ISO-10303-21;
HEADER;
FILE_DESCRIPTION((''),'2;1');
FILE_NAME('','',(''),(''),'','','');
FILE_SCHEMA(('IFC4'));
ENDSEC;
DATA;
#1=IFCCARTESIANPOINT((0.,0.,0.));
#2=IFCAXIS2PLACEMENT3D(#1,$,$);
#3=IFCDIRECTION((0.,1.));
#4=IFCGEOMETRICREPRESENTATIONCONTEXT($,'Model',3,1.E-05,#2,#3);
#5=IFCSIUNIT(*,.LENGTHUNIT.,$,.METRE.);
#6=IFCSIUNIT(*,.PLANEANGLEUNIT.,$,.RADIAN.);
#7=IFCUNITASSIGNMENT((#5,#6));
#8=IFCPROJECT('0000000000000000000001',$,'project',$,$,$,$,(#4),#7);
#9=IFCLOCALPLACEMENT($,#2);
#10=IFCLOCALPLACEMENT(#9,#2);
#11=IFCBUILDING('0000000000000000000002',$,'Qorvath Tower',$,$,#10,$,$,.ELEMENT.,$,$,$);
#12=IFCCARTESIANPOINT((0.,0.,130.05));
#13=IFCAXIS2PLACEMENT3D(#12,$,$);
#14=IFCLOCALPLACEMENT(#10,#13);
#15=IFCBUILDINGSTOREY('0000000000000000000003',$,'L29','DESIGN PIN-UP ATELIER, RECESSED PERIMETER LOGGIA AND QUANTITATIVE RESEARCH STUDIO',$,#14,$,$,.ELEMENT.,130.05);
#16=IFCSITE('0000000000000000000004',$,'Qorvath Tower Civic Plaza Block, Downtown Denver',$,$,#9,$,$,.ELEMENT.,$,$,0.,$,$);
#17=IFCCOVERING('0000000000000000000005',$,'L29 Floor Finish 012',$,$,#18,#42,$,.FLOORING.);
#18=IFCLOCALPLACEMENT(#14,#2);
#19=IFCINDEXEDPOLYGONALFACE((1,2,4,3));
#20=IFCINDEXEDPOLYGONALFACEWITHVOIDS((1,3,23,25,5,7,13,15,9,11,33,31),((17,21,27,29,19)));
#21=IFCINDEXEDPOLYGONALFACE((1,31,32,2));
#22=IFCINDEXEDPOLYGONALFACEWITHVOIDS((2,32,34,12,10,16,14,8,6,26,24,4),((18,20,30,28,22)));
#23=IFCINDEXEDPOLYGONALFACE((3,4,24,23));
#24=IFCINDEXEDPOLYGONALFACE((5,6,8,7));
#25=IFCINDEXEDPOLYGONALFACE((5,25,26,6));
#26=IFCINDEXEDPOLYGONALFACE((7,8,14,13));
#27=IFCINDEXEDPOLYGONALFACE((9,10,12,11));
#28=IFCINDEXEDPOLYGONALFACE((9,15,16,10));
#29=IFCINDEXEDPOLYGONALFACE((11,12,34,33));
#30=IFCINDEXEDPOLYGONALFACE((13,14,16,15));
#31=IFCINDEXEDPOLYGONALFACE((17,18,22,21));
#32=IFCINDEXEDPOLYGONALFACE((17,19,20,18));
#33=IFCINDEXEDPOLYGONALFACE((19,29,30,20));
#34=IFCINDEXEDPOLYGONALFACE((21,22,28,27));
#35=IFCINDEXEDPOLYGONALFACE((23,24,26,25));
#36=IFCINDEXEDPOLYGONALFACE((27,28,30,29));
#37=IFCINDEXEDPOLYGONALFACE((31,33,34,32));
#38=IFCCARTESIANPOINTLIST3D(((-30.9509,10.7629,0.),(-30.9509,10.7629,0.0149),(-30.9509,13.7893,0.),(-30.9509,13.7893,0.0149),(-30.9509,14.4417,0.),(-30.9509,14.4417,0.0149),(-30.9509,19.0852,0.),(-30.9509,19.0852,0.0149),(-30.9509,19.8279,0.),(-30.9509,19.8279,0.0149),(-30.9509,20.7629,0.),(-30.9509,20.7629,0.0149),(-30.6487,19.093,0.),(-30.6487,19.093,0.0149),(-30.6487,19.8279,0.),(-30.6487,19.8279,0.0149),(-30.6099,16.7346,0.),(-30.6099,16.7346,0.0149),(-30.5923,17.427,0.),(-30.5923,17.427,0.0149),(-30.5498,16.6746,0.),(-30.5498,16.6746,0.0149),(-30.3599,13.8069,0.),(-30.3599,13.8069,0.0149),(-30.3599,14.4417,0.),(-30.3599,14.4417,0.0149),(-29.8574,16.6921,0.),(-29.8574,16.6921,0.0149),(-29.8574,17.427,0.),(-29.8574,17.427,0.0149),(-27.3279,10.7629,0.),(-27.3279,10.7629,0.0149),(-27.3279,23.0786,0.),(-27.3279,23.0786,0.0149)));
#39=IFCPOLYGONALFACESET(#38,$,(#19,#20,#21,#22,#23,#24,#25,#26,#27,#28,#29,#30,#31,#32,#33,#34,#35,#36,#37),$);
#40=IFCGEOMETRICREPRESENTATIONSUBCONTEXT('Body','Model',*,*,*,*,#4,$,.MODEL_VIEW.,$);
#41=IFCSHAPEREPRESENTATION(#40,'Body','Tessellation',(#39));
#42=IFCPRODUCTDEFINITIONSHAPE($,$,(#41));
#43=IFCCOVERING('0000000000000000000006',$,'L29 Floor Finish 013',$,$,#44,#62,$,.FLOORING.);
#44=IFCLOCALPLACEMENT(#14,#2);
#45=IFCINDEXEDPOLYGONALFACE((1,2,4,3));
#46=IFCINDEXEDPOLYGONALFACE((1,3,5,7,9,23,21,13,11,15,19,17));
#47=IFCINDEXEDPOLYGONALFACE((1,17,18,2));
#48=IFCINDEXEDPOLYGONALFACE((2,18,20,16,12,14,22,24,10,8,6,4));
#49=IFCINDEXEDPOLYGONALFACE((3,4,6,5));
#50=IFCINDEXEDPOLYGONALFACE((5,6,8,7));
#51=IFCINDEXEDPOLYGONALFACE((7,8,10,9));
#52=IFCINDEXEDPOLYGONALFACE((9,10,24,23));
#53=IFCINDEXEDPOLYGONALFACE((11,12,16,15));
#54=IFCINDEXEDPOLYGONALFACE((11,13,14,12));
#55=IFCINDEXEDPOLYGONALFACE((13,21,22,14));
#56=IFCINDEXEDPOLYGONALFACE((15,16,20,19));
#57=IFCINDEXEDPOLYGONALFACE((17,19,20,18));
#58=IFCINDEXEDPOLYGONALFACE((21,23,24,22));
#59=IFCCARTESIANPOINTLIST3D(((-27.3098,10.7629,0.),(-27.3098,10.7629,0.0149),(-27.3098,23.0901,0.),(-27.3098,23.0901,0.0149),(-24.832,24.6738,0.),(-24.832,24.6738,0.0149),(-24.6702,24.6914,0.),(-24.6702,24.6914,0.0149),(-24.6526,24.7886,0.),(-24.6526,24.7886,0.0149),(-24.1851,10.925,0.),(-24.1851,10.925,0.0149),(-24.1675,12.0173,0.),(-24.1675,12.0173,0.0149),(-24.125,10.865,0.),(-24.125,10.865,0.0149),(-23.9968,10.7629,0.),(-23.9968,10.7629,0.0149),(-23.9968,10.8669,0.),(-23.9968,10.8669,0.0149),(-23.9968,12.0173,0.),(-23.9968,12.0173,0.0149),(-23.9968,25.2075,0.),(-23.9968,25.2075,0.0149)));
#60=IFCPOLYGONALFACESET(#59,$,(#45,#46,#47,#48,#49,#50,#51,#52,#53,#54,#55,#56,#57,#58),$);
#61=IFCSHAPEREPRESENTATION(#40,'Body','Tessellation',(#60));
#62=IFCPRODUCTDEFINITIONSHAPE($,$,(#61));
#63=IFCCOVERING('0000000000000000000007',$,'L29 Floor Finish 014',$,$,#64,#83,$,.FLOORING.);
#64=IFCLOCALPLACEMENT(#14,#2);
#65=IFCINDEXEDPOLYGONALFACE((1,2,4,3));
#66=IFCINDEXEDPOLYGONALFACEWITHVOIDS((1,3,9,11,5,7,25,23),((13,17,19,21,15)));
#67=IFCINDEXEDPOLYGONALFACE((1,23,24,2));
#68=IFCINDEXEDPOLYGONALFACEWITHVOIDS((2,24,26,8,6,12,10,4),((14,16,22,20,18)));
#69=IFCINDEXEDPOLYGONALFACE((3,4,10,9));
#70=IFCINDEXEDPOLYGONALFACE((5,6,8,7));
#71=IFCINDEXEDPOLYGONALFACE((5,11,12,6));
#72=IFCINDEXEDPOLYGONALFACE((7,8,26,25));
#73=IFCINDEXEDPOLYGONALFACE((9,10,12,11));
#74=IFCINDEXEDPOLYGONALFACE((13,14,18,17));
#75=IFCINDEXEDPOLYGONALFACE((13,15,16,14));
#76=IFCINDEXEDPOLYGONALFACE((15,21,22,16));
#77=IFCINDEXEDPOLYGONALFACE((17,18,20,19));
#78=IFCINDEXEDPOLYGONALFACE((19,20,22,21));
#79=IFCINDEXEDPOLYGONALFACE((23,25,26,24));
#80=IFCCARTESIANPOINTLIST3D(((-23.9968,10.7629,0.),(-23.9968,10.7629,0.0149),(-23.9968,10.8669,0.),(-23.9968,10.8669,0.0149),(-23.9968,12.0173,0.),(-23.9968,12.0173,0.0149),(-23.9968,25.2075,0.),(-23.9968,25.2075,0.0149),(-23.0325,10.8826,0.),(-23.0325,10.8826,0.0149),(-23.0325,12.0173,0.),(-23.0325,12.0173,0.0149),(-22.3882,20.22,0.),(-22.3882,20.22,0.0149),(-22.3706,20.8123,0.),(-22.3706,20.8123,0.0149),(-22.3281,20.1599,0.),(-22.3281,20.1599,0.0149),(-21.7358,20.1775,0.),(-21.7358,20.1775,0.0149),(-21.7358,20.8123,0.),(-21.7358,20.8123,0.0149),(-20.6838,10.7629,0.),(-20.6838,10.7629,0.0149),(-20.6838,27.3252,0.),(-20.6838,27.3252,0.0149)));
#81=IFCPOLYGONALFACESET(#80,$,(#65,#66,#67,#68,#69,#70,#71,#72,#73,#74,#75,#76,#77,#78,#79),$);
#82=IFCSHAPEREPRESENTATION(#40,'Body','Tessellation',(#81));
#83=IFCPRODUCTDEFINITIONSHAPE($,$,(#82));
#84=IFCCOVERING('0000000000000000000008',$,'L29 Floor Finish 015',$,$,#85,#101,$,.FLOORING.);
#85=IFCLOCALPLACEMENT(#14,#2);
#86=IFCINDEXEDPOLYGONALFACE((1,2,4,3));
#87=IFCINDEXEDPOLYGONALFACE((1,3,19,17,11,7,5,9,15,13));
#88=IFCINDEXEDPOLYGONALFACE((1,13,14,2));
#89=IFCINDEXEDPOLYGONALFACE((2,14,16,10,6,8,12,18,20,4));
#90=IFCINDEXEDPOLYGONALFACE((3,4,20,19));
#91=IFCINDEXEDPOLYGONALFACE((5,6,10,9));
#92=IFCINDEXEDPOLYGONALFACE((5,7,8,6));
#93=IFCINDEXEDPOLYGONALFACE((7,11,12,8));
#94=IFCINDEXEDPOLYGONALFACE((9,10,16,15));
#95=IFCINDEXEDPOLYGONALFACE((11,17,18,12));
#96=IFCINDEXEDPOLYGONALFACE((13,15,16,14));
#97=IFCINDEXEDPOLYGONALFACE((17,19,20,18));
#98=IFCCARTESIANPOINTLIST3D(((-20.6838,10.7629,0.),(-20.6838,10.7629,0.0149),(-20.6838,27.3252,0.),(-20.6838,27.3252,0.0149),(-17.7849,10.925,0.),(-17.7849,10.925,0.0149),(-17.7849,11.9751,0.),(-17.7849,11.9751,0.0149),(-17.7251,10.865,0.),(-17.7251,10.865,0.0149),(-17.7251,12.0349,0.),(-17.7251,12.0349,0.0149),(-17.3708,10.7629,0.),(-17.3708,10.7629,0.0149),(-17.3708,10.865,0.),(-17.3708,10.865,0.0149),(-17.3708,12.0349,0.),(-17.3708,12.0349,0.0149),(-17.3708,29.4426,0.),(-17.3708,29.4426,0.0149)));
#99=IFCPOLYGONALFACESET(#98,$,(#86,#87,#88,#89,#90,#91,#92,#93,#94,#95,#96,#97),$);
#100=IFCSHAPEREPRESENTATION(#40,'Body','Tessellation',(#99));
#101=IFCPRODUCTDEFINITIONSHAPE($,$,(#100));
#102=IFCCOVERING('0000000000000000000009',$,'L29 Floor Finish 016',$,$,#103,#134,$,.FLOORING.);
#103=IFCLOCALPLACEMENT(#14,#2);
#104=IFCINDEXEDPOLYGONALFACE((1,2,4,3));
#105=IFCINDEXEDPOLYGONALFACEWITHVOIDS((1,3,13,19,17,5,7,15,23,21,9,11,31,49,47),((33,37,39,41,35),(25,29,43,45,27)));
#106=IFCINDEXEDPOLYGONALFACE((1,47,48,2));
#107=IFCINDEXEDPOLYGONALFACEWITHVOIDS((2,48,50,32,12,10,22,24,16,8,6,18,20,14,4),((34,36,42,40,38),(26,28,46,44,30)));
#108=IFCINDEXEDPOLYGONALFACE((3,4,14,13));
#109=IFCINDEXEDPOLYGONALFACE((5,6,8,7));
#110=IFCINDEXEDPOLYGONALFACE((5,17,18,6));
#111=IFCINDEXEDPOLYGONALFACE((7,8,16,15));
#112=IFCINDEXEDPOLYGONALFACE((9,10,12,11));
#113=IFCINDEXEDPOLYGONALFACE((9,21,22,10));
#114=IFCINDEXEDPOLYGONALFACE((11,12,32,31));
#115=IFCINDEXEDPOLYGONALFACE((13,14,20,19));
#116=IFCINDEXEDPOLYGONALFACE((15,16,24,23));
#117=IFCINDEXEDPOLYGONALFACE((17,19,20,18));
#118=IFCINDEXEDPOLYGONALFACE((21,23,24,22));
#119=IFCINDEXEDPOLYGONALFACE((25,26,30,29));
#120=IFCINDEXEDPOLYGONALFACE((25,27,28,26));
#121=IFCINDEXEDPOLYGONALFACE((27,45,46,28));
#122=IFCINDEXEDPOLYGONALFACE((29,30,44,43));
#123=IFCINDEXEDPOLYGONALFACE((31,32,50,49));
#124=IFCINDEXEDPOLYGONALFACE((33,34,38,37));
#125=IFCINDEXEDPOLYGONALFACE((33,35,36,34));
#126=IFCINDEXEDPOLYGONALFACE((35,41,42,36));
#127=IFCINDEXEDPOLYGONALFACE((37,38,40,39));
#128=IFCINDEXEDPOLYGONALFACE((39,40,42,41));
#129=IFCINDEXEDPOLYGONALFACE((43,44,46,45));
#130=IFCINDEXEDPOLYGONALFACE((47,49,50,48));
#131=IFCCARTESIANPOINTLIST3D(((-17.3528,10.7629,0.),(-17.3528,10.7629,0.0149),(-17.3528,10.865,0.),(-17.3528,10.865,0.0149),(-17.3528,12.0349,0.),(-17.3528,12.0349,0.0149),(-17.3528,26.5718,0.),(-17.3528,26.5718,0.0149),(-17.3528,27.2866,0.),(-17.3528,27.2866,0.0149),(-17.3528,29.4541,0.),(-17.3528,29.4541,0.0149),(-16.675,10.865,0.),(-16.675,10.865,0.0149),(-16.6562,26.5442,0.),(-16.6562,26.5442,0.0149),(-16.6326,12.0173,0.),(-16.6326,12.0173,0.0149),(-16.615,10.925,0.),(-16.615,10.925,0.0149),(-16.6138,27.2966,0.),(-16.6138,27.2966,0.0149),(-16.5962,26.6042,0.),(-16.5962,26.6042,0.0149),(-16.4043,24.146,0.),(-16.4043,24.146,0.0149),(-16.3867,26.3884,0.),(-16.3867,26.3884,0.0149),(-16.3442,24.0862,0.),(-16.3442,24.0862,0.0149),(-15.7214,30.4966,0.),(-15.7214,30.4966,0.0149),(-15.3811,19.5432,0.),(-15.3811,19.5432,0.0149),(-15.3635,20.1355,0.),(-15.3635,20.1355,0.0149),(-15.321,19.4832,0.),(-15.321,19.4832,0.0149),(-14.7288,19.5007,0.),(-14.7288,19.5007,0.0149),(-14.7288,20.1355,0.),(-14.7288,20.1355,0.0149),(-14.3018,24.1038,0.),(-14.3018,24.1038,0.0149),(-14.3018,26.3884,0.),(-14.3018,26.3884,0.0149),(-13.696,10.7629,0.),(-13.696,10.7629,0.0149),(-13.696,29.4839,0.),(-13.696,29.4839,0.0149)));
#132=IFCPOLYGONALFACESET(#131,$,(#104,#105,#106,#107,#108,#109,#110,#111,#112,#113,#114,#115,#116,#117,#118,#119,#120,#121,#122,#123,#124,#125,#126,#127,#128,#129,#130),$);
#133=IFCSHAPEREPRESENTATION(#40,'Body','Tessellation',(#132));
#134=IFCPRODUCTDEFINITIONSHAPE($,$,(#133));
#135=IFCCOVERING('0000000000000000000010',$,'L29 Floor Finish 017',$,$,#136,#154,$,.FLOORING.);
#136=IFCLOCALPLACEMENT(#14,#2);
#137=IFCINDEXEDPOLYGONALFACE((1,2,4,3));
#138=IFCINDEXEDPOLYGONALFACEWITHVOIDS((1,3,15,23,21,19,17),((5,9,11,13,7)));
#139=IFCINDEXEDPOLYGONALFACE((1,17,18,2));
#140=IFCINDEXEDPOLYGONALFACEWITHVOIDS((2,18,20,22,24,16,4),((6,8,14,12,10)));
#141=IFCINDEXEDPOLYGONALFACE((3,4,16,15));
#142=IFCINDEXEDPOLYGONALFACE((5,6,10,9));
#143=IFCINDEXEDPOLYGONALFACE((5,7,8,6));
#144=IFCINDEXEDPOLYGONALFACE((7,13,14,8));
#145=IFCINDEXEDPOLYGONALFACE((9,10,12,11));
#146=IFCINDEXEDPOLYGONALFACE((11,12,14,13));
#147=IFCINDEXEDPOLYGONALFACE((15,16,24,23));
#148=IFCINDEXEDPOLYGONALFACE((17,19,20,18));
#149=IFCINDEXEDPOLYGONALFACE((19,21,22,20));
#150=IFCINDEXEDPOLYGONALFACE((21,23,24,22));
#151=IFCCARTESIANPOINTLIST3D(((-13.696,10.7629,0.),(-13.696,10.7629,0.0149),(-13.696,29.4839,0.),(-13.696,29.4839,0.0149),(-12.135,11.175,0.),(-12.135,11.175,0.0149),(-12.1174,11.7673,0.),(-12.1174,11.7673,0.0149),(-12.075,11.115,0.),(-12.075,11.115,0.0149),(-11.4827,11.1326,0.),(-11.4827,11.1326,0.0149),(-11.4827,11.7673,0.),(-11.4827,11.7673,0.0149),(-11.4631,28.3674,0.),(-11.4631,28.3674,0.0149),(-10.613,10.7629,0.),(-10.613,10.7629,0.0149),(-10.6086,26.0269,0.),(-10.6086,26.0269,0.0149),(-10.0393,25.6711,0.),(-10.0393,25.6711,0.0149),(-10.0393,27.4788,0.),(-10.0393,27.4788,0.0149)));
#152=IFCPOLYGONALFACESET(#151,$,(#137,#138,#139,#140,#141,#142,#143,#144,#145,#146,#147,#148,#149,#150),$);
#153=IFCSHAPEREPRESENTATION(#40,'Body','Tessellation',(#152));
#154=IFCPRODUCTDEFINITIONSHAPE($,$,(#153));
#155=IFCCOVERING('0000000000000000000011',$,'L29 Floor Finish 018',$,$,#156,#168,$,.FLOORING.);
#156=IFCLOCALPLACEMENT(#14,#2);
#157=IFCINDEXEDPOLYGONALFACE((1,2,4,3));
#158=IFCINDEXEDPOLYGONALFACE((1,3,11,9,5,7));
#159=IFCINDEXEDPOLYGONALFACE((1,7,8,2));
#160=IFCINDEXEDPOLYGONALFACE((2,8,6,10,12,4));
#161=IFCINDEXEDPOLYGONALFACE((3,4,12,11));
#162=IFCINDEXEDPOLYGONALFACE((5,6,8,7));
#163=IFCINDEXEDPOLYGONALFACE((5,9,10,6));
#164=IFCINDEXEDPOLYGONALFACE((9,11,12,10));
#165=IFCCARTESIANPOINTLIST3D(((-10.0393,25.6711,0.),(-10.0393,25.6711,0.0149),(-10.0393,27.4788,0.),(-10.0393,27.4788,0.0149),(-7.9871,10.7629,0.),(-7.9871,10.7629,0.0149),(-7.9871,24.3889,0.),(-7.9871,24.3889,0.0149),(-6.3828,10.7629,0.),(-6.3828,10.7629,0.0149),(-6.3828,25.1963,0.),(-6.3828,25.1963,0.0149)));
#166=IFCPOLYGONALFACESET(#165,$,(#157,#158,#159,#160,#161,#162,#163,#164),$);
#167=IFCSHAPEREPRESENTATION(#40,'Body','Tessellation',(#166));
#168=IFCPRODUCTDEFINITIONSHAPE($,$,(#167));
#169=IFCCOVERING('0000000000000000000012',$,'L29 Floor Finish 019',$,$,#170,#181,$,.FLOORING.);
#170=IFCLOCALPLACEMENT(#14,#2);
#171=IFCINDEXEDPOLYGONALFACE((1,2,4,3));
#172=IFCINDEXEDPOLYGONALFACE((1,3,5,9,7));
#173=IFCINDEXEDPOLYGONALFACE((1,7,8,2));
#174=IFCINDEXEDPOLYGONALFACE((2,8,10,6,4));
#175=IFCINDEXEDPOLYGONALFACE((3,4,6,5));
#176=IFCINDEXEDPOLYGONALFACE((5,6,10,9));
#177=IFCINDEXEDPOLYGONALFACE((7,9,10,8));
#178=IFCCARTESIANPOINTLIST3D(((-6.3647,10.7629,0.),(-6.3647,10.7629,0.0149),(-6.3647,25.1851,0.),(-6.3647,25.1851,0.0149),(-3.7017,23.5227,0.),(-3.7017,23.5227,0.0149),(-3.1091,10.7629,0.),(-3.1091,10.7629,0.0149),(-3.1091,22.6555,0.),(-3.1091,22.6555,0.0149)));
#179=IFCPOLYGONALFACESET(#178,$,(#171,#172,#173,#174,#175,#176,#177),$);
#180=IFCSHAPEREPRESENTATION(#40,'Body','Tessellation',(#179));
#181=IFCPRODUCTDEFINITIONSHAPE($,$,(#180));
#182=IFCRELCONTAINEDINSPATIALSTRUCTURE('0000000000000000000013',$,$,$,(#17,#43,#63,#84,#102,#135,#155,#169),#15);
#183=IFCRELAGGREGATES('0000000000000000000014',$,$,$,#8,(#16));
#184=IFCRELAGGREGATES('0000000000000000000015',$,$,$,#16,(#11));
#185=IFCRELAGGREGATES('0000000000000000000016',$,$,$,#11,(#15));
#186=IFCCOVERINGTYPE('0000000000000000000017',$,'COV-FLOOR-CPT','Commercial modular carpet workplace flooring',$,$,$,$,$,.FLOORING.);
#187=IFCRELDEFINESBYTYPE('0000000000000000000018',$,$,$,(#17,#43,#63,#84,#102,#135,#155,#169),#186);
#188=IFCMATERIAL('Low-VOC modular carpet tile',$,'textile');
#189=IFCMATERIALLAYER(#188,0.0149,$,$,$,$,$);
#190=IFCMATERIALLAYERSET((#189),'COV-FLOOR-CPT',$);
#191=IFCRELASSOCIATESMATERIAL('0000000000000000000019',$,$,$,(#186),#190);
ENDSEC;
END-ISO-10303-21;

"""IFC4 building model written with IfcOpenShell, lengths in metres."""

from ifc_helpers import new_model, si_unit, direction, frame, origin, place, context, subcontext, project, spatial, polyline, outline, extrude, material, layer, layer_set, type_object, element, save


model = new_model("IFC4")

# Units and contexts
model_context = context("Model", 3, precision=1e-05, world=origin(), true_north=direction((0.0, 1.0)))
body_context = subcontext(model_context, "Body", "Model", "MODEL_VIEW")
ifc_project = project(units=[si_unit("LENGTHUNIT", "METRE"), si_unit("PLANEANGLEUNIT", "RADIAN")], contexts=[model_context])

# Site, building, storey
site_placement = place(None, origin())
site = spatial("IfcSite", under=ifc_project, at=site_placement, Name="Qorvath Tower Civic Plaza Block, Downtown Denver", CompositionType="ELEMENT", RefElevation=0.0)
building_placement = place(site_placement, origin())
building = spatial("IfcBuilding", under=site, at=building_placement, Name="Qorvath Tower", CompositionType="ELEMENT")
storey_placement = place(building_placement, frame((0.0, 0.0, 130.05)))
storey = spatial("IfcBuildingStorey", under=building, at=storey_placement, Name="L29", Description="DESIGN PIN-UP ATELIER, RECESSED PERIMETER LOGGIA AND QUANTITATIVE RESEARCH STUDIO", CompositionType="ELEMENT", Elevation=130.05)

# Coverings
ifc_material_1 = material(Name="Low-VOC modular carpet tile", Category="textile")
ifc_layer_1 = layer(ifc_material_1, 0.0149)
ifc_layer_set_1 = layer_set([ifc_layer_1], Name="COV-FLOOR-CPT")
covering_type_1 = type_object("IfcCoveringType", Name="COV-FLOOR-CPT", Description="Commercial modular carpet workplace flooring", PredefinedType="FLOORING", material=ifc_layer_set_1)
covering_1_placement = place(storey_placement, origin())
element("IfcCovering", 1, at=covering_1_placement, inside=storey, type_object=covering_type_1, Name="L29 Floor Finish 012", PredefinedType="FLOORING", context=body_context, shape_type="SweptSolid", body=[
    extrude(outline(polyline([(-30.9509, 20.7629), (-30.9509, 19.8279), (-30.6487, 19.8279), (-30.6487, 19.093), (-30.9509, 19.0852), (-30.9509, 14.4417), (-30.3599, 14.4417), (-30.3599, 13.8069), (-30.9509, 13.7893), (-30.9509, 10.7629), (-27.3279, 10.7629), (-27.3279, 23.0786), (-30.9509, 20.7629)]), holes=[polyline([(-30.6099, 16.7346), (-30.5923, 17.427), (-29.8574, 17.427), (-29.8574, 16.6921), (-30.5498, 16.6746), (-30.6099, 16.7346)])]), origin(), (0.0, 0.0, 1.0), 0.0149),
])
covering_2_placement = place(storey_placement, origin())
element("IfcCovering", 2, at=covering_2_placement, inside=storey, type_object=covering_type_1, Name="L29 Floor Finish 013", PredefinedType="FLOORING", context=body_context, shape_type="SweptSolid", body=[
    extrude(outline(polyline([(-23.9968, 10.7629), (-23.9968, 10.8669), (-24.125, 10.865), (-24.1851, 10.925), (-24.1675, 12.0173), (-23.9968, 12.0173), (-23.9968, 25.2075), (-24.6526, 24.7886), (-24.6702, 24.6914), (-24.832, 24.6738), (-27.3098, 23.0901), (-27.3098, 10.7629), (-23.9968, 10.7629)])), origin(), (0.0, 0.0, 1.0), 0.0149),
])
covering_3_placement = place(storey_placement, origin())
element("IfcCovering", 3, at=covering_3_placement, inside=storey, type_object=covering_type_1, Name="L29 Floor Finish 014", PredefinedType="FLOORING", context=body_context, shape_type="SweptSolid", body=[
    extrude(outline(polyline([(-20.6838, 10.7629), (-20.6838, 27.3252), (-23.9968, 25.2075), (-23.9968, 12.0173), (-23.0325, 12.0173), (-23.0325, 10.8826), (-23.9968, 10.8669), (-23.9968, 10.7629), (-20.6838, 10.7629)]), holes=[polyline([(-22.3882, 20.22), (-22.3706, 20.8123), (-21.7358, 20.8123), (-21.7358, 20.1775), (-22.3281, 20.1599), (-22.3882, 20.22)])]), origin(), (0.0, 0.0, 1.0), 0.0149),
])
covering_4_placement = place(storey_placement, origin())
element("IfcCovering", 4, at=covering_4_placement, inside=storey, type_object=covering_type_1, Name="L29 Floor Finish 015", PredefinedType="FLOORING", context=body_context, shape_type="SweptSolid", body=[
    extrude(outline(polyline([(-17.3708, 12.0349), (-17.3708, 29.4426), (-20.6838, 27.3252), (-20.6838, 10.7629), (-17.3708, 10.7629), (-17.3708, 10.865), (-17.7251, 10.865), (-17.7849, 10.925), (-17.7849, 11.9751), (-17.7251, 12.0349), (-17.3708, 12.0349)])), origin(), (0.0, 0.0, 1.0), 0.0149),
])
covering_5_placement = place(storey_placement, origin())
element("IfcCovering", 5, at=covering_5_placement, inside=storey, type_object=covering_type_1, Name="L29 Floor Finish 016", PredefinedType="FLOORING", context=body_context, shape_type="SweptSolid", body=[
    extrude(outline(polyline([(-13.696, 10.7629), (-13.696, 29.4839), (-15.7214, 30.4966), (-17.3528, 29.4541), (-17.3528, 27.2866), (-16.6138, 27.2966), (-16.5962, 26.6042), (-16.6562, 26.5442), (-17.3528, 26.5718), (-17.3528, 12.0349), (-16.6326, 12.0173), (-16.615, 10.925), (-16.675, 10.865), (-17.3528, 10.865), (-17.3528, 10.7629), (-13.696, 10.7629)]), holes=[polyline([(-16.4043, 24.146), (-16.3867, 26.3884), (-14.3018, 26.3884), (-14.3018, 24.1038), (-16.3442, 24.0862), (-16.4043, 24.146)]), polyline([(-15.3811, 19.5432), (-15.3635, 20.1355), (-14.7288, 20.1355), (-14.7288, 19.5007), (-15.321, 19.4832), (-15.3811, 19.5432)])]), origin(), (0.0, 0.0, 1.0), 0.0149),
])
covering_6_placement = place(storey_placement, origin())
element("IfcCovering", 6, at=covering_6_placement, inside=storey, type_object=covering_type_1, Name="L29 Floor Finish 017", PredefinedType="FLOORING", context=body_context, shape_type="SweptSolid", body=[
    extrude(outline(polyline([(-10.0393, 25.6711), (-10.0393, 27.4788), (-11.4631, 28.3674), (-13.696, 29.4839), (-13.696, 10.7629), (-10.613, 10.7629), (-10.6086, 26.0269), (-10.0393, 25.6711)]), holes=[polyline([(-12.135, 11.175), (-12.1174, 11.7673), (-11.4827, 11.7673), (-11.4827, 11.1326), (-12.075, 11.115), (-12.135, 11.175)])]), origin(), (0.0, 0.0, 1.0), 0.0149),
])
covering_7_placement = place(storey_placement, origin())
element("IfcCovering", 7, at=covering_7_placement, inside=storey, type_object=covering_type_1, Name="L29 Floor Finish 018", PredefinedType="FLOORING", context=body_context, shape_type="SweptSolid", body=[
    extrude(outline(polyline([(-6.3828, 10.7629), (-6.3828, 25.1963), (-10.0393, 27.4788), (-10.0393, 25.6711), (-7.9871, 24.3889), (-7.9871, 10.7629), (-6.3828, 10.7629)])), origin(), (0.0, 0.0, 1.0), 0.0149),
])
covering_8_placement = place(storey_placement, origin())
element("IfcCovering", 8, at=covering_8_placement, inside=storey, type_object=covering_type_1, Name="L29 Floor Finish 019", PredefinedType="FLOORING", context=body_context, shape_type="SweptSolid", body=[
    extrude(outline(polyline([(-3.1091, 10.7629), (-3.1091, 22.6555), (-3.7017, 23.5227), (-6.3647, 25.1851), (-6.3647, 10.7629), (-3.1091, 10.7629)])), origin(), (0.0, 0.0, 1.0), 0.0149),
])

save(model, "model.ifc")
